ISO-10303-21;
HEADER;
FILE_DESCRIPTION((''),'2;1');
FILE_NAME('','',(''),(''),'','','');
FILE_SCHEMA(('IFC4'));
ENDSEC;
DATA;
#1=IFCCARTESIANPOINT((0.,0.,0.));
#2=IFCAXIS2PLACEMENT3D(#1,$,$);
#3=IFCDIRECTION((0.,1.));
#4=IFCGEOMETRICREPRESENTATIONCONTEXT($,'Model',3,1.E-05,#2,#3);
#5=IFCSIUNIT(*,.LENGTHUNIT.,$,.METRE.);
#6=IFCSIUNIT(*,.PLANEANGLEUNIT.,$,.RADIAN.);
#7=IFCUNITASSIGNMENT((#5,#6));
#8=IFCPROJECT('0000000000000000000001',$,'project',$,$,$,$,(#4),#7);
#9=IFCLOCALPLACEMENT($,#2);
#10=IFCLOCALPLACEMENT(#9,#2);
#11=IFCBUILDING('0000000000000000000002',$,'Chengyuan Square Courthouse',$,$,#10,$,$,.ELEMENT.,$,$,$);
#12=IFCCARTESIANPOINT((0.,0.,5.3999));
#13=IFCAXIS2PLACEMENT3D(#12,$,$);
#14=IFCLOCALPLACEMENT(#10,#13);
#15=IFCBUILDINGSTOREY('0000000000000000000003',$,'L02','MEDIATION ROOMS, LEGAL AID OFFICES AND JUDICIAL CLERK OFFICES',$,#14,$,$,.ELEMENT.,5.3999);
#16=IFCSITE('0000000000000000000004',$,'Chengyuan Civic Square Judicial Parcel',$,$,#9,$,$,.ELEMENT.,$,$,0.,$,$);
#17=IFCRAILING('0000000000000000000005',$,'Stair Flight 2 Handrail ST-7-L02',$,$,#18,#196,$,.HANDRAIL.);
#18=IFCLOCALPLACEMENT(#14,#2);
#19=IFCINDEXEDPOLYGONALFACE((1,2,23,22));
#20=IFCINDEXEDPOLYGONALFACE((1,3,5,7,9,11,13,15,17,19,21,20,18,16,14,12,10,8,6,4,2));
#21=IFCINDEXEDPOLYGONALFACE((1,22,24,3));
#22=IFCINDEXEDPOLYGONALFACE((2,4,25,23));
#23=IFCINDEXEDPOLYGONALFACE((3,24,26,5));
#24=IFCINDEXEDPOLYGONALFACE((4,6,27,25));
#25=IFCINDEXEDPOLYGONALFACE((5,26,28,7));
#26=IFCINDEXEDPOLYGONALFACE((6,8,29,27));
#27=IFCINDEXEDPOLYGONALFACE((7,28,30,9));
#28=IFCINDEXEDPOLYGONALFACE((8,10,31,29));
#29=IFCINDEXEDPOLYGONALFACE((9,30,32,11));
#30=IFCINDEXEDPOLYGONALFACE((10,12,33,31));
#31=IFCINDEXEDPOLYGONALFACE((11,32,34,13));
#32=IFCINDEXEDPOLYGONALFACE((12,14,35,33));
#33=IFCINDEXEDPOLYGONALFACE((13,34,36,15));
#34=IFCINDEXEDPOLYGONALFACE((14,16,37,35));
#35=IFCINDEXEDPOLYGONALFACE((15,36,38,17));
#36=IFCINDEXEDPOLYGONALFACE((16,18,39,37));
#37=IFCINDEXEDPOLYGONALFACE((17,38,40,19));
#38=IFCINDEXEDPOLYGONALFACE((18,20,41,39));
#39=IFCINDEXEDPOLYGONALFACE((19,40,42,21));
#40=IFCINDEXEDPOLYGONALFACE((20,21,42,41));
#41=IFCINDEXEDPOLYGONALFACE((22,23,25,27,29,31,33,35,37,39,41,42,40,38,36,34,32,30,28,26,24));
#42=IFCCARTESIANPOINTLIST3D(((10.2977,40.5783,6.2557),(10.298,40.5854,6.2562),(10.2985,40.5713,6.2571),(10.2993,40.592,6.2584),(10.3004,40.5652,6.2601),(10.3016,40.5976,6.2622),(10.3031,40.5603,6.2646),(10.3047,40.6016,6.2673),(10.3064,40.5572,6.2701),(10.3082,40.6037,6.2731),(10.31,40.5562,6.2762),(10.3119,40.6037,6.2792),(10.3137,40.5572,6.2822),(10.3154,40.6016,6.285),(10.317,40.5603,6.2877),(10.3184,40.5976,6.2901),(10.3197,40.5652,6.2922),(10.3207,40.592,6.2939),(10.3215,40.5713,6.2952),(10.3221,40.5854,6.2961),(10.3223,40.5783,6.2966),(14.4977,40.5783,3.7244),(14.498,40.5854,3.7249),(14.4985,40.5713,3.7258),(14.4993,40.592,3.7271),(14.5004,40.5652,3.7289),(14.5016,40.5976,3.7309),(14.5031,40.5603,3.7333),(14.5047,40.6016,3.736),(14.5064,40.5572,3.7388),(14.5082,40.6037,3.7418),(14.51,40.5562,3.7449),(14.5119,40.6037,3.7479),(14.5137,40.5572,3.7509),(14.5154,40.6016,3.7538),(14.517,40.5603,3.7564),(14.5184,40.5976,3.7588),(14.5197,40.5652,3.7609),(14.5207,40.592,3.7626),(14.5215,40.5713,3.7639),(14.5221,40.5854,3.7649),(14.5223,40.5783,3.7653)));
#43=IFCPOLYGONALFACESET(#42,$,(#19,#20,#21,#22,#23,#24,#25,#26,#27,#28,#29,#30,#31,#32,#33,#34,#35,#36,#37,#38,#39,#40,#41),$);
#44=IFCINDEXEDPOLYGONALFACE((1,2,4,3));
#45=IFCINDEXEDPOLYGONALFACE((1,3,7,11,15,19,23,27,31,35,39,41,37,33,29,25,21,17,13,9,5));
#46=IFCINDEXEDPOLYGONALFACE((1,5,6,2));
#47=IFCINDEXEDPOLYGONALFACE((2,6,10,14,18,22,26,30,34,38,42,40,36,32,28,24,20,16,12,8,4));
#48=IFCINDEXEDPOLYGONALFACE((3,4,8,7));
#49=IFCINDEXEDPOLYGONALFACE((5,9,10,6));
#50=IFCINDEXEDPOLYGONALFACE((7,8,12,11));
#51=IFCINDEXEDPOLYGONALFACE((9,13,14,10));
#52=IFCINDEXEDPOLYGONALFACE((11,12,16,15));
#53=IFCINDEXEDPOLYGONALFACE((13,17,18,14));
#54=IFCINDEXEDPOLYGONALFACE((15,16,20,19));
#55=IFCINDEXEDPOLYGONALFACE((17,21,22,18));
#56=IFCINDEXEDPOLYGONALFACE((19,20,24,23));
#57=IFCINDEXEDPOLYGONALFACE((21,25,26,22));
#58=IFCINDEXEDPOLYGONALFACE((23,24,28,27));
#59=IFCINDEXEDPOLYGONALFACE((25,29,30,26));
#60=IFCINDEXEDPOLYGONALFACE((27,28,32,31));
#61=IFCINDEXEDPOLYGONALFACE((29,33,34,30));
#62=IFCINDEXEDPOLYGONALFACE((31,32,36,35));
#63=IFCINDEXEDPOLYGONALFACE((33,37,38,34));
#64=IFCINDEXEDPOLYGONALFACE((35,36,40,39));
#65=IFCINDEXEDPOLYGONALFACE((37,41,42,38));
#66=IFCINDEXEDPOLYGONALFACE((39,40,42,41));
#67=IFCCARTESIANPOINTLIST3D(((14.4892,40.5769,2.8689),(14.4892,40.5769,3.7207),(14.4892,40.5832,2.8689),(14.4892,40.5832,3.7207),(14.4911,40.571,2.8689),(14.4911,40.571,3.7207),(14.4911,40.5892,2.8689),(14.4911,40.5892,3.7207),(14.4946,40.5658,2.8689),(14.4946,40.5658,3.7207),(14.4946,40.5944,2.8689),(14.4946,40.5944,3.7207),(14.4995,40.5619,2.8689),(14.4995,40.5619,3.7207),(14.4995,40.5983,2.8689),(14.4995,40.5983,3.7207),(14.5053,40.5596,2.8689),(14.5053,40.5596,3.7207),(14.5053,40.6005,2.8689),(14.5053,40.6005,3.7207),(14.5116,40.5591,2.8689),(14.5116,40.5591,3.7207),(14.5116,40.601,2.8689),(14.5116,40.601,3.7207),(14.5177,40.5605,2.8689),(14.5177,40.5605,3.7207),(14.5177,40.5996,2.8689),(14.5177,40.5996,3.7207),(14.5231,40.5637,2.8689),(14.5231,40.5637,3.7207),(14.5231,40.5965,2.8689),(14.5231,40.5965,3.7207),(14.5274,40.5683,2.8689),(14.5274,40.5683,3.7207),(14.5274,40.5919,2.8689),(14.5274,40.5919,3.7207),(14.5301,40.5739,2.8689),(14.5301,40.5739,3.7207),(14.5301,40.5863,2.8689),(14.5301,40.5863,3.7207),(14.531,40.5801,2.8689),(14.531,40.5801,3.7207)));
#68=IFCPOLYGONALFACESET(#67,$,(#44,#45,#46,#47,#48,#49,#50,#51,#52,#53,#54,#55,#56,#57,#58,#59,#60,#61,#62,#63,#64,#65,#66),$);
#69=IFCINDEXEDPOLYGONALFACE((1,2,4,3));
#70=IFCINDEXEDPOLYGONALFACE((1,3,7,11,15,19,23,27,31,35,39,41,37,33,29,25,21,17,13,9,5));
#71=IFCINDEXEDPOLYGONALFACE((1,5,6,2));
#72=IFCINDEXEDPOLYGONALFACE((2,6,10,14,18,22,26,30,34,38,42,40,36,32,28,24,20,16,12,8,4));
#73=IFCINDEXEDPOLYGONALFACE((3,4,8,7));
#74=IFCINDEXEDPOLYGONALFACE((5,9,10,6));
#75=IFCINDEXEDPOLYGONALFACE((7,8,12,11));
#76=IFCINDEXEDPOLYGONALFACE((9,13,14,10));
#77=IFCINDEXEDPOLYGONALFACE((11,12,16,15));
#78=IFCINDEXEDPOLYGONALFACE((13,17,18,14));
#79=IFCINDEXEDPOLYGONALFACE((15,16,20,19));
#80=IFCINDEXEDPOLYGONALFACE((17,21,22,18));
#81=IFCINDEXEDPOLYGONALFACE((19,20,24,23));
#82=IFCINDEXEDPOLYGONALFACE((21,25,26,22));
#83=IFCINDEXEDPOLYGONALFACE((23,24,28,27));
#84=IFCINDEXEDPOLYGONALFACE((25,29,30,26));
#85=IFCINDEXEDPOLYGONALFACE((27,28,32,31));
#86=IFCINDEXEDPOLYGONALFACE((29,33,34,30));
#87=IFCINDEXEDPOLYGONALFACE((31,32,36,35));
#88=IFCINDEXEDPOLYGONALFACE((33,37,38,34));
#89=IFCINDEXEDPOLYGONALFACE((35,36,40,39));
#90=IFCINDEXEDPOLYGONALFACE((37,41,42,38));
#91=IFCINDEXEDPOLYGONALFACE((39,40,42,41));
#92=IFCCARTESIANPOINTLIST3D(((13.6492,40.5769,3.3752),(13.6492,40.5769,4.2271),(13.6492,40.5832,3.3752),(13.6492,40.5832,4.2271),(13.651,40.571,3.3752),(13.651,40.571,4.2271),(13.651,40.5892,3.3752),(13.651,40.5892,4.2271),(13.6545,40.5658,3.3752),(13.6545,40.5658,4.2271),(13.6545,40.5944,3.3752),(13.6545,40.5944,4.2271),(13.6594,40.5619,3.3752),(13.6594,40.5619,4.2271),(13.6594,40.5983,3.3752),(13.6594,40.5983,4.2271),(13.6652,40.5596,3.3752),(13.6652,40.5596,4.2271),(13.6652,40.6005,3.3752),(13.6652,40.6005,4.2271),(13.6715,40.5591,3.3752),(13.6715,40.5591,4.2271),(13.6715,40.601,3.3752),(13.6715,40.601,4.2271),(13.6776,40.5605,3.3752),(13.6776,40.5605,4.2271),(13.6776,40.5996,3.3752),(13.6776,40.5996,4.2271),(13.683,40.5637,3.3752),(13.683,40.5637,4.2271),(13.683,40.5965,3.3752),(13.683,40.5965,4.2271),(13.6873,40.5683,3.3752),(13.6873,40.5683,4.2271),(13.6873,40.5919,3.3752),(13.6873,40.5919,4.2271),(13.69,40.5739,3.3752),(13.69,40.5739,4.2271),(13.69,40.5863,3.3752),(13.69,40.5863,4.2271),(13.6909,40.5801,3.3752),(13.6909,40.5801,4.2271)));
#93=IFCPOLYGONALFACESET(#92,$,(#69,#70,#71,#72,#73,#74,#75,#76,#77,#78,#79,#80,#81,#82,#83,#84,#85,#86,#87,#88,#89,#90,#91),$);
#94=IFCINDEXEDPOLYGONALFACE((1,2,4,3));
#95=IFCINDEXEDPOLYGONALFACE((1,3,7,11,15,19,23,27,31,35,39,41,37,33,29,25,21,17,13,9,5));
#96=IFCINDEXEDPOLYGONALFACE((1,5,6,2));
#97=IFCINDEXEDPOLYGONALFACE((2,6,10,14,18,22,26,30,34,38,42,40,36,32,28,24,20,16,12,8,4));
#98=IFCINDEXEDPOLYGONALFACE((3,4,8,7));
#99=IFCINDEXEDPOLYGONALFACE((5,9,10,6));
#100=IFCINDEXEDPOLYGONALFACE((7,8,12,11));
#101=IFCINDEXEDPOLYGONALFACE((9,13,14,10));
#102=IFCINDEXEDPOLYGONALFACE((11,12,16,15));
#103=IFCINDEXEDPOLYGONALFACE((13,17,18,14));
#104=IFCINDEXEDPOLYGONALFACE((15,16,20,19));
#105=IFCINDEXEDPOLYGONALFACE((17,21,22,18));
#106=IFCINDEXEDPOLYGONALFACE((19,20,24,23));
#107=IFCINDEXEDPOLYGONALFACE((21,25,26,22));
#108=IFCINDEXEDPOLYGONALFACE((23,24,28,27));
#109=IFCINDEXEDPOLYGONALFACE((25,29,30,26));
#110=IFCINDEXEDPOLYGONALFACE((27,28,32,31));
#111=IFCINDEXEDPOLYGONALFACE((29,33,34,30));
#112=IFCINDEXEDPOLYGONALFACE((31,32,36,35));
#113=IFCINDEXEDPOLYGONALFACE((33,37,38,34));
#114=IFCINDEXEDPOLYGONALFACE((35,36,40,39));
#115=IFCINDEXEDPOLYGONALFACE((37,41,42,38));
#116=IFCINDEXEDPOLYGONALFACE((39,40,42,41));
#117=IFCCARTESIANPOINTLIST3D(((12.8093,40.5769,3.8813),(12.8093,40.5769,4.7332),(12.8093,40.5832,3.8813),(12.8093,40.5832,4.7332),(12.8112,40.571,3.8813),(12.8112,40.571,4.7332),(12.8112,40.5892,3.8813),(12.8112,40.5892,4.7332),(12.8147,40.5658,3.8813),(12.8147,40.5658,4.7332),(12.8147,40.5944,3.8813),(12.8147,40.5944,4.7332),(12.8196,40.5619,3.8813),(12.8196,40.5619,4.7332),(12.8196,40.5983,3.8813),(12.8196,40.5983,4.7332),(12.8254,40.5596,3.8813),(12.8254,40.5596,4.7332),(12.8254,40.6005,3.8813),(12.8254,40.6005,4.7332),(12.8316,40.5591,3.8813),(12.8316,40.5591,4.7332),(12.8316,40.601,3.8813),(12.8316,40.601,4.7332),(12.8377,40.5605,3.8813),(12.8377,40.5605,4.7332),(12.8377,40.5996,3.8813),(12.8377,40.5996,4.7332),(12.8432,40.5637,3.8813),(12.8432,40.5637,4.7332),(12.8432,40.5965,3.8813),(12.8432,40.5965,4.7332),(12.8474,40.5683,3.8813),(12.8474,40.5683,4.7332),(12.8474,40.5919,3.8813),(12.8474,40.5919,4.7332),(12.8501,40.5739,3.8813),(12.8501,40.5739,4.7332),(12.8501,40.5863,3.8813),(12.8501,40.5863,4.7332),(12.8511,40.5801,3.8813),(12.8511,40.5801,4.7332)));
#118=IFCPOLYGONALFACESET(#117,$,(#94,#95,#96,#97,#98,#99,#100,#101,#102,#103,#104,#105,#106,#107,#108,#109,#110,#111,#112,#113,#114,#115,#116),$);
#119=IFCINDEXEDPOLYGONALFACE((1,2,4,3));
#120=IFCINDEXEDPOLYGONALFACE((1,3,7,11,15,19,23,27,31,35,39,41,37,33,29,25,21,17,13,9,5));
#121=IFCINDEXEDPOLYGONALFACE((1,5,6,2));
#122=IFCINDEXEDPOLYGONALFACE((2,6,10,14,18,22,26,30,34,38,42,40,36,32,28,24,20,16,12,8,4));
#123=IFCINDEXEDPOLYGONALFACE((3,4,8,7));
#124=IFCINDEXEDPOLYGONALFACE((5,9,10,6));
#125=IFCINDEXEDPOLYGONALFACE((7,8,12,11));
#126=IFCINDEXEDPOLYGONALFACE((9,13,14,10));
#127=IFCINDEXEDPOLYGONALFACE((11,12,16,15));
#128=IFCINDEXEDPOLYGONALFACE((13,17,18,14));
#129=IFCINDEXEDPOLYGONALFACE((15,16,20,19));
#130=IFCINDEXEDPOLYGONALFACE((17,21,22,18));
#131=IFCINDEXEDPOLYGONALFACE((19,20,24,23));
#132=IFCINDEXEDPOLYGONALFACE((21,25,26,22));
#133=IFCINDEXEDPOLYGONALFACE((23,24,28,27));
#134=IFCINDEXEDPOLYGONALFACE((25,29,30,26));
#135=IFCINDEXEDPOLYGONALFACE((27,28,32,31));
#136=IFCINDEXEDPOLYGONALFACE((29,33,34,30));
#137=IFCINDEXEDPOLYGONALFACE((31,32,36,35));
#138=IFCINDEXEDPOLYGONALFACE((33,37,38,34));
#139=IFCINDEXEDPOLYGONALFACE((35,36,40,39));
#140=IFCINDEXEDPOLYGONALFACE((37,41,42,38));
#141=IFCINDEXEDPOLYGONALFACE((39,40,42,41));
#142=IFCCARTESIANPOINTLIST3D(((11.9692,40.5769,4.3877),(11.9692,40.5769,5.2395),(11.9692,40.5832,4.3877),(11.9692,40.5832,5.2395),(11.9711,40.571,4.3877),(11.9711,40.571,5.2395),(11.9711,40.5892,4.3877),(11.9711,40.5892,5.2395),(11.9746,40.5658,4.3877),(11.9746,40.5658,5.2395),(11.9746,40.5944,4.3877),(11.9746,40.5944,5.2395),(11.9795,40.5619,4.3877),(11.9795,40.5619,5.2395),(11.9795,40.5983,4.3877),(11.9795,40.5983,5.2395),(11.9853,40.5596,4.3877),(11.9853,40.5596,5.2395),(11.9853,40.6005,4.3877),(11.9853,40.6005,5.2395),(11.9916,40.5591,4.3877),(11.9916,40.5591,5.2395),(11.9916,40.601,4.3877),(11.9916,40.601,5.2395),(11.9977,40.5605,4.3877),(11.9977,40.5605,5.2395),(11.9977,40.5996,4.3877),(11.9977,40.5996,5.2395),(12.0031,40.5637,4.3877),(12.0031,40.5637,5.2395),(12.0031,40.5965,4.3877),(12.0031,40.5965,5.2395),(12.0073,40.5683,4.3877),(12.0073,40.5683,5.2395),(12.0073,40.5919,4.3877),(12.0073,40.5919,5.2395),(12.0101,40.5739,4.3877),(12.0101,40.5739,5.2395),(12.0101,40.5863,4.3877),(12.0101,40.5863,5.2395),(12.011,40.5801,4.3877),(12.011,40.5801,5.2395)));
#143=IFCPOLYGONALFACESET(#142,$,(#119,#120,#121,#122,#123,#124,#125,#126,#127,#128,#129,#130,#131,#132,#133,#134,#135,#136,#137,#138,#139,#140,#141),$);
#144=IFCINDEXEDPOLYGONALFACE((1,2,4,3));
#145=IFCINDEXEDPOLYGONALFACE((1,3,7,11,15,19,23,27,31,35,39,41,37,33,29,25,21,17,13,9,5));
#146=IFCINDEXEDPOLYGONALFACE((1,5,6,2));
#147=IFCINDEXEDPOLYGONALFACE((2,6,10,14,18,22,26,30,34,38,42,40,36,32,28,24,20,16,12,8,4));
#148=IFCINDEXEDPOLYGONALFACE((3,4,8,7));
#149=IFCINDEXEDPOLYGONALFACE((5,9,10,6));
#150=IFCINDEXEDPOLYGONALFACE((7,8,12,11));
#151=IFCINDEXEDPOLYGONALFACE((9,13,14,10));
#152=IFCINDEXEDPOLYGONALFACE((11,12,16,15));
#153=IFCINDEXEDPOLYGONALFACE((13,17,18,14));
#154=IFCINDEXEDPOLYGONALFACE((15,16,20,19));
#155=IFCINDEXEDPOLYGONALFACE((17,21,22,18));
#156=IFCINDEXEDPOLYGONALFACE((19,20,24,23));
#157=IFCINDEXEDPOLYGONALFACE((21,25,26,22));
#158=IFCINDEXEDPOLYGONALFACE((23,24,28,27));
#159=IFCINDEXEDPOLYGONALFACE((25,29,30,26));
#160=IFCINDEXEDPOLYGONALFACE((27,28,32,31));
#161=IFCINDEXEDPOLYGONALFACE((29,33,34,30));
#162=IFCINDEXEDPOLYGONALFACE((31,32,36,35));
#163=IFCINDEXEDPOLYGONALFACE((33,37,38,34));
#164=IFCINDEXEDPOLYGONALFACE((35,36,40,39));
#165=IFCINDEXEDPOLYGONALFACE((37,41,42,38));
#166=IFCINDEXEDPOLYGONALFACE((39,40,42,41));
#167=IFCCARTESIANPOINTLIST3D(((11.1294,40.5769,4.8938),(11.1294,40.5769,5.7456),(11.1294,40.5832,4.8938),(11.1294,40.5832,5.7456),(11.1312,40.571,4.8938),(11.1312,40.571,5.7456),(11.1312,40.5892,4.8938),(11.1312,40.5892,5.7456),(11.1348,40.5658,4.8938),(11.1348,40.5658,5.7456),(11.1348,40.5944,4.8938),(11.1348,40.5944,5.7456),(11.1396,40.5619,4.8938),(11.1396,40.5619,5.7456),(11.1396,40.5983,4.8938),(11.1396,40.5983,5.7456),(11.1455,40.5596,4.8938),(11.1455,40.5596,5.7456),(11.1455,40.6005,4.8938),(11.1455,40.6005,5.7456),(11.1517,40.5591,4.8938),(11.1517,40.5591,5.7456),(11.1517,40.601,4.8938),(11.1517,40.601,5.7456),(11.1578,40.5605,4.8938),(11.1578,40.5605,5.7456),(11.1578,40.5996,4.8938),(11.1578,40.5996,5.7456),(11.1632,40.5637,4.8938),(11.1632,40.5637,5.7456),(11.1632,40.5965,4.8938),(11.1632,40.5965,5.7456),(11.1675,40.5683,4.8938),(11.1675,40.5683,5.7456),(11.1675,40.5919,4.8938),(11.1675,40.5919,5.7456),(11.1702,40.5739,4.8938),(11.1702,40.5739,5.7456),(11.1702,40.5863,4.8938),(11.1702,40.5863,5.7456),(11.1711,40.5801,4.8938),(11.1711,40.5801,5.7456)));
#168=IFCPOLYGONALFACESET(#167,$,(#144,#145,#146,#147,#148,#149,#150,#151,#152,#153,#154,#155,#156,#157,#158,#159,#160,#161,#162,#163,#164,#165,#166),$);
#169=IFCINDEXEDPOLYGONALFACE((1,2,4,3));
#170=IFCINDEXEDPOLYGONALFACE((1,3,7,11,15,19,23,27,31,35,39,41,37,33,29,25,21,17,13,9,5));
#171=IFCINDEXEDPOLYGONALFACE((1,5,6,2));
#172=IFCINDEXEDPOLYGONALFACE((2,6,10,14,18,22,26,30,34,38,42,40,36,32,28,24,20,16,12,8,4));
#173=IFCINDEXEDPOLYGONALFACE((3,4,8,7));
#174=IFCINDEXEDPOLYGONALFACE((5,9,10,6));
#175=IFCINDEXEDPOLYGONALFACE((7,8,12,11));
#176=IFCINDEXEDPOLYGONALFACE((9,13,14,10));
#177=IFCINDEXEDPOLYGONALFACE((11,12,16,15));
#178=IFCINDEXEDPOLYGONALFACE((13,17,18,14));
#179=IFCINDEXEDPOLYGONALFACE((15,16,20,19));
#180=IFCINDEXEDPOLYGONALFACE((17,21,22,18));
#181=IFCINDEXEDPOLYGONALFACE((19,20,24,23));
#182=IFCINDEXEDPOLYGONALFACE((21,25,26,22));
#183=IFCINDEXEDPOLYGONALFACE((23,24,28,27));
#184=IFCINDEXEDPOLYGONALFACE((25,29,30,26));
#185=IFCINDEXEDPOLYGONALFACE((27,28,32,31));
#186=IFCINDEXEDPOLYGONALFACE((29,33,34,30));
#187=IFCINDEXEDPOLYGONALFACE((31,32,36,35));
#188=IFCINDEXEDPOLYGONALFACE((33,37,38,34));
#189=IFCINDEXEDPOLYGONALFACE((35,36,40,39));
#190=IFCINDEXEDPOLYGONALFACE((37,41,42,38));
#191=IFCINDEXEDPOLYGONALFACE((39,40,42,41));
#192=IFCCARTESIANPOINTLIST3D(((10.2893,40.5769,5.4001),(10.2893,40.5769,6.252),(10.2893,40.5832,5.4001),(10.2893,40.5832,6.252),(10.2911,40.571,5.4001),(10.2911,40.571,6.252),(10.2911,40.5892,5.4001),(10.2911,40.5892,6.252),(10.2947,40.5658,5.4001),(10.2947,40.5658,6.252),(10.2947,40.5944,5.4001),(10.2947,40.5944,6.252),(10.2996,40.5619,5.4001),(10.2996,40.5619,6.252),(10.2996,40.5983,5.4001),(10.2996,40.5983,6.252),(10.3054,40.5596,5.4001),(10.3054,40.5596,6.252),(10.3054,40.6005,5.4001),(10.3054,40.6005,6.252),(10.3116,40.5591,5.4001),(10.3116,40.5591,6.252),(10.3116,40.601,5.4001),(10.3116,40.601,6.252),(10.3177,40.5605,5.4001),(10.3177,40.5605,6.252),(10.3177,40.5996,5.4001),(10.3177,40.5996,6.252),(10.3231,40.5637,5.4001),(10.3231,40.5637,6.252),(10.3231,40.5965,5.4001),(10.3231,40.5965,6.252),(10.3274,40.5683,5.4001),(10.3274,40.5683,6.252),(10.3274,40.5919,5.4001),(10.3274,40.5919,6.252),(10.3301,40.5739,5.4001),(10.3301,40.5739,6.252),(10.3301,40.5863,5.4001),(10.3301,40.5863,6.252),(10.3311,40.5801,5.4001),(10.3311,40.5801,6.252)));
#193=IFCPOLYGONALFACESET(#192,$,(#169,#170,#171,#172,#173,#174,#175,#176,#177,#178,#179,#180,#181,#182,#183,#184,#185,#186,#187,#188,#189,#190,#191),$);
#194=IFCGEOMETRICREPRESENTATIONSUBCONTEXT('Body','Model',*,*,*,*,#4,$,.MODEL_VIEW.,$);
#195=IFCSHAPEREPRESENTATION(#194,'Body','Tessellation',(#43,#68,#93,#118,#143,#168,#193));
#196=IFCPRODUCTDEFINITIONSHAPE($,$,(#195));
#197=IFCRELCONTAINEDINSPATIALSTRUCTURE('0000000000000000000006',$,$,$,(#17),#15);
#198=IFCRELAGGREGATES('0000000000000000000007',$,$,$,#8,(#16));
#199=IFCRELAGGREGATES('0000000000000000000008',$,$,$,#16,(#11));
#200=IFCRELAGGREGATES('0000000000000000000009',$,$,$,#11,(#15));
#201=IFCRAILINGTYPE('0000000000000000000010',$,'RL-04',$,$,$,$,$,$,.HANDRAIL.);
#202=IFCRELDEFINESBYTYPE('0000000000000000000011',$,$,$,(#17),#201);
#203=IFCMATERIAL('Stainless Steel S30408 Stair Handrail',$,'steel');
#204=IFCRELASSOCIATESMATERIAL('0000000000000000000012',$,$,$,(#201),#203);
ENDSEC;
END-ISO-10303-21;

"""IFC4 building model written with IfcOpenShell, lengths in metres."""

from ifc_helpers import new_model, si_unit, direction, frame, origin, origin_2d, place, context, subcontext, project, spatial, circle, extrude, material, type_object, element, save


model = new_model("IFC4")

# Units and contexts
model_context = context("Model", 3, precision=1e-05, world=origin(), true_north=direction((0.0, 1.0)))
body_context = subcontext(model_context, "Body", "Model", "MODEL_VIEW")
ifc_project = project(units=[si_unit("LENGTHUNIT", "METRE"), si_unit("PLANEANGLEUNIT", "RADIAN")], contexts=[model_context])

# Site, building, storey
site_placement = place(None, origin())
site = spatial("IfcSite", under=ifc_project, at=site_placement, Name="Chengyuan Civic Square Judicial Parcel", CompositionType="ELEMENT", RefElevation=0.0)
building_placement = place(site_placement, origin())
building = spatial("IfcBuilding", under=site, at=building_placement, Name="Chengyuan Square Courthouse", CompositionType="ELEMENT")
storey_placement = place(building_placement, frame((0.0, 0.0, 5.3999)))
storey = spatial("IfcBuildingStorey", under=building, at=storey_placement, Name="L02", Description="MEDIATION ROOMS, LEGAL AID OFFICES AND JUDICIAL CLERK OFFICES", CompositionType="ELEMENT", Elevation=5.3999)

# Railing
ifc_material_1 = material(Name="Stainless Steel S30408 Stair Handrail", Category="steel")
railing_type_1 = type_object("IfcRailingType", Name="RL-04", PredefinedType="HANDRAIL", material=ifc_material_1)
railing_1_placement = place(storey_placement, frame((14.51, 40.5801, 2.8689)))
element("IfcRailing", 1, at=railing_1_placement, inside=storey, type_object=railing_type_1, Name="Stair Flight 2 Handrail ST-7-L02", PredefinedType="HANDRAIL", context=body_context, shape_type="SweptSolid", body=[
    extrude(circle(Radius=0.0239, at=origin_2d()), frame((0.0, 0.0, 0.876), z_axis=(-0.856476, 0.0, 0.516186), x_axis=(0.0, -1.0, 0.0)), (0.0, 0.0, 1.0), 4.9038),
    extrude(circle(Radius=0.021, at=origin_2d()), origin(), (0.0, 0.0, 1.0), 0.8518),
    extrude(circle(Radius=0.021, at=origin_2d()), frame((-0.8401, 0.0, 0.5063)), (0.0, 0.0, 1.0), 0.8518),
    extrude(circle(Radius=0.021, at=origin_2d()), frame((-1.6799, 0.0, 1.0125)), (0.0, 0.0, 1.0), 0.8518),
    extrude(circle(Radius=0.021, at=origin_2d()), frame((-2.52, 0.0, 1.5188)), (0.0, 0.0, 1.0), 0.8518),
    extrude(circle(Radius=0.021, at=origin_2d()), frame((-3.3599, 0.0, 2.0249)), (0.0, 0.0, 1.0), 0.8518),
    extrude(circle(Radius=0.021, at=origin_2d()), frame((-4.2, 0.0, 2.5312)), (0.0, 0.0, 1.0), 0.8518),
])

save(model, "model.ifc")
